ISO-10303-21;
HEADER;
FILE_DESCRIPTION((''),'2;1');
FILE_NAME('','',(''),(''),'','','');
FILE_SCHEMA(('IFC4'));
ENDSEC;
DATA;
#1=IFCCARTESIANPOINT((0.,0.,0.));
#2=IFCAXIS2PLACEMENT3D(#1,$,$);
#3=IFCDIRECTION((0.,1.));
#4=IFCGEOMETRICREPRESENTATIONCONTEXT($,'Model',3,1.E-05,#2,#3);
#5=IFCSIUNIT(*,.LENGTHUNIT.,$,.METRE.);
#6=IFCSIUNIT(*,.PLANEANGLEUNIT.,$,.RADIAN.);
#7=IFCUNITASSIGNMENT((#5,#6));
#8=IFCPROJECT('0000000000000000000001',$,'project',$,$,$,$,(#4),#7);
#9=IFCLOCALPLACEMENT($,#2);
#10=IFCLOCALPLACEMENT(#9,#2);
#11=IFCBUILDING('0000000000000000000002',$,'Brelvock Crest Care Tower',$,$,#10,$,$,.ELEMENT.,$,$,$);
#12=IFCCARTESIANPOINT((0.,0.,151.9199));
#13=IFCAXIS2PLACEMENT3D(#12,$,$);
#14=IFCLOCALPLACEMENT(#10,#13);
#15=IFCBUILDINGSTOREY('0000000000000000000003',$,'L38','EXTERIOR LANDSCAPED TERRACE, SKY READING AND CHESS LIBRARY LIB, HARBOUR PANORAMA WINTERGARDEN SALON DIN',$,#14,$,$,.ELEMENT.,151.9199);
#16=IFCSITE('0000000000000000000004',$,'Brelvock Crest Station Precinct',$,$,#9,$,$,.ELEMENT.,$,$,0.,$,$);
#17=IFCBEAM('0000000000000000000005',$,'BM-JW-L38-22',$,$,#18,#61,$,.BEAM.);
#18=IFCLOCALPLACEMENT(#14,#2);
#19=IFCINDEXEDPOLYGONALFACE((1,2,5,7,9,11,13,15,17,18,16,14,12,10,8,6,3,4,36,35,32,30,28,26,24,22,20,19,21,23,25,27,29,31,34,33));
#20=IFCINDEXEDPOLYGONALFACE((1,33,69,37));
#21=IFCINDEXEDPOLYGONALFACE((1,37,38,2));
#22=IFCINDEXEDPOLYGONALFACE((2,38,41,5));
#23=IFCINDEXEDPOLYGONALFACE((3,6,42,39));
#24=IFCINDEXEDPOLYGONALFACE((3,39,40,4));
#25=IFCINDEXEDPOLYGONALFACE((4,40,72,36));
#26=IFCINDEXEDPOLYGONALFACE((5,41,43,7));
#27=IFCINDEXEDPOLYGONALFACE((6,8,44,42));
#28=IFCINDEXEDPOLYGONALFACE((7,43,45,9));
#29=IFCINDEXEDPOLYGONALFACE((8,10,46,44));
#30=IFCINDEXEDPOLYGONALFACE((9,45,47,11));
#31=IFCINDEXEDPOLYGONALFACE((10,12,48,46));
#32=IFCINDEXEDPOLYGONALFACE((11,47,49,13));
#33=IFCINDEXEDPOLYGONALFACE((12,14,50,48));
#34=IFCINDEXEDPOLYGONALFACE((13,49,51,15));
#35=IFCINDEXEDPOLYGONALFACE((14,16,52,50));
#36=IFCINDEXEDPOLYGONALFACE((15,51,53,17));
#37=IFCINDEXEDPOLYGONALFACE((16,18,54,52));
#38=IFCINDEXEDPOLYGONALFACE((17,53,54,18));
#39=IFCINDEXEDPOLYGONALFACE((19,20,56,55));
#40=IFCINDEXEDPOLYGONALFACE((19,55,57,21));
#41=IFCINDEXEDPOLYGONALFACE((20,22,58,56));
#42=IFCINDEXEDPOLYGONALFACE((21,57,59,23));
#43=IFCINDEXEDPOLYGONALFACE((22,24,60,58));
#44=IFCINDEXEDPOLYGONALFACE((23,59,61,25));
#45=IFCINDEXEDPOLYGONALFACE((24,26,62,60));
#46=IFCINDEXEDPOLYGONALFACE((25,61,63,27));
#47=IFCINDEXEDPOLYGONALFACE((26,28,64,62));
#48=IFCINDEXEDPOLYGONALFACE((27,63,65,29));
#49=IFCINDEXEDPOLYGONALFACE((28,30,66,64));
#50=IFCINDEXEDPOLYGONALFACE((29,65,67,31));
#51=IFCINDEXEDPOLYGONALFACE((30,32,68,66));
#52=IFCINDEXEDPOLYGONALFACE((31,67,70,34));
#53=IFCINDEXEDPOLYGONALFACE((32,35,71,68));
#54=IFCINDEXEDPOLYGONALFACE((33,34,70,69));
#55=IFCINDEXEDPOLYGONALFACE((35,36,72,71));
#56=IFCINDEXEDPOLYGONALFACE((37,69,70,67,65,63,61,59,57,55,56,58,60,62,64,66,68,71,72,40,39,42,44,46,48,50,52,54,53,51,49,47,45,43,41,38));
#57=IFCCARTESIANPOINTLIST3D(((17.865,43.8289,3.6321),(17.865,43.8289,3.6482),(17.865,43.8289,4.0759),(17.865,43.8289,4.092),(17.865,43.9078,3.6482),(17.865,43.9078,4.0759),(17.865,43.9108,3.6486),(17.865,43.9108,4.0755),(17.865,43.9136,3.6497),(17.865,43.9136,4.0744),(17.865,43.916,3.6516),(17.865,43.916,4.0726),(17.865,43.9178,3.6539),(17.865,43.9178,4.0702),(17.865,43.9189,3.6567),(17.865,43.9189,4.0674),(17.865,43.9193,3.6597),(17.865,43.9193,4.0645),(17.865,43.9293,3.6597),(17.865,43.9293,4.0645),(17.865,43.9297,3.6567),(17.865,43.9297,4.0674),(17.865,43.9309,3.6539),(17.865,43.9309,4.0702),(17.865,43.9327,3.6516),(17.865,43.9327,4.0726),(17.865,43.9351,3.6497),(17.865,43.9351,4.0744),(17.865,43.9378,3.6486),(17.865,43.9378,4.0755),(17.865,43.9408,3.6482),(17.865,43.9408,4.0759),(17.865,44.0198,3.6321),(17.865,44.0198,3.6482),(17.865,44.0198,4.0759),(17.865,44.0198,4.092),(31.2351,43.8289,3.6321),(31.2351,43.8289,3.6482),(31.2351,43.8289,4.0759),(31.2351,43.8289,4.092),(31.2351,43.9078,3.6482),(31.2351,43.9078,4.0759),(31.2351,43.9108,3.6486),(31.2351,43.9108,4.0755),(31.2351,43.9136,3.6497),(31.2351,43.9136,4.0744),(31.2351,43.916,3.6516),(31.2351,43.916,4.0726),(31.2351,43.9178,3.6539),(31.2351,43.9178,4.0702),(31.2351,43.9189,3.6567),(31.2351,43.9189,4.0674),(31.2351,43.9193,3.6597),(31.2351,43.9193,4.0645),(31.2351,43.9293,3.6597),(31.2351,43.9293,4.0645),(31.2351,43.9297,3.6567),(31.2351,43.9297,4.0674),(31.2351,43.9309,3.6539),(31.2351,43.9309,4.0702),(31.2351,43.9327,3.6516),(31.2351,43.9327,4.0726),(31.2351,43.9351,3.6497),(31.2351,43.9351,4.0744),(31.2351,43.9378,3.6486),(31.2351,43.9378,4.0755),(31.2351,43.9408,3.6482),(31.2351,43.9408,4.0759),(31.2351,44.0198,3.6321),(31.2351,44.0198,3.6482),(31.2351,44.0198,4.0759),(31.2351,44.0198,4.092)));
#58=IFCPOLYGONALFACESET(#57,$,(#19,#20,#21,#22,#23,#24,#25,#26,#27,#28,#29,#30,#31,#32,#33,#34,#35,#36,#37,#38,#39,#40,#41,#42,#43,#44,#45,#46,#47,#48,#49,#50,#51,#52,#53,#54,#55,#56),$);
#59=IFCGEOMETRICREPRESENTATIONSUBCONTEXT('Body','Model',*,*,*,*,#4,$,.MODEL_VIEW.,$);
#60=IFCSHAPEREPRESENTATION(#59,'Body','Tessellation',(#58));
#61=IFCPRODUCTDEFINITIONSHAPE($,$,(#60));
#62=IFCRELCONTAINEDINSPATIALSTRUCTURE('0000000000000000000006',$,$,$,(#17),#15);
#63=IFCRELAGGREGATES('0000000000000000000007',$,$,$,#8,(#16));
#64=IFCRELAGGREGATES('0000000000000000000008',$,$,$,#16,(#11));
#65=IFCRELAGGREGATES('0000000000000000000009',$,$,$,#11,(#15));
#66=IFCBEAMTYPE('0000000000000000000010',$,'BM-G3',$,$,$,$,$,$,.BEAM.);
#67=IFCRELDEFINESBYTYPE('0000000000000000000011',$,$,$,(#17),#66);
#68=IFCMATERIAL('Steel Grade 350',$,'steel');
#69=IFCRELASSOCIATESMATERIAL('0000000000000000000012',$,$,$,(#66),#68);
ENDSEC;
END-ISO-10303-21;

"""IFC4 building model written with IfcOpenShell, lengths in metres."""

from ifc_helpers import new_model, si_unit, direction, frame, origin, origin_2d, place, context, subcontext, project, spatial, i_section, extrude, source, transform, mapped, material, material_profile, profile_set, type_object, element, save


model = new_model("IFC4")

# Units and contexts
model_context = context("Model", 3, precision=1e-05, world=origin(), true_north=direction((0.0, 1.0)))
body_context = subcontext(model_context, "Body", "Model", "MODEL_VIEW")
ifc_project = project(units=[si_unit("LENGTHUNIT", "METRE"), si_unit("PLANEANGLEUNIT", "RADIAN")], contexts=[model_context])

# Site, building, storey
site_placement = place(None, origin())
site = spatial("IfcSite", under=ifc_project, at=site_placement, Name="Brelvock Crest Station Precinct", CompositionType="ELEMENT", RefElevation=0.0)
building_placement = place(site_placement, origin())
building = spatial("IfcBuilding", under=site, at=building_placement, Name="Brelvock Crest Care Tower", CompositionType="ELEMENT")
storey_placement = place(building_placement, frame((0.0, 0.0, 151.9199)))
storey = spatial("IfcBuildingStorey", under=building, at=storey_placement, Name="L38", Description="EXTERIOR LANDSCAPED TERRACE, SKY READING AND CHESS LIBRARY LIB, HARBOUR PANORAMA WINTERGARDEN SALON DIN", CompositionType="ELEMENT", Elevation=151.9199)

# Beam
ifc_material = material(Name="Steel Grade 350", Category="steel")
ifc_material_profile_1 = material_profile(ifc_material, i_section(OverallWidth=0.1909, OverallDepth=0.46, WebThickness=0.01, FlangeThickness=0.0161, FilletRadius=0.0115, at=origin_2d()), Name="460UB82.1")
ifc_profile_set_1 = profile_set([ifc_material_profile_1], Name="Steel Grade 350")
beam_type_1 = type_object("IfcBeamType", Name="BM-G3", PredefinedType="BEAM", material=ifc_profile_set_1)
shared_shape_1 = source(origin(), body_context, "Body", "SweptSolid", [
    extrude(i_section(OverallWidth=0.1909, OverallDepth=0.46, WebThickness=0.01, FlangeThickness=0.0161, FilletRadius=0.0115, at=origin_2d()), origin(), (0.0, 0.0, 1.0), 13.3701),
])
for number, where, z_axis, x_axis, name in (
    (1, (17.865, 43.9243, 3.8621), (1.0, 0.0, 0.0), (0.0, 1.0, 0.0), "BM-JW-L38-22"),
):
    element("IfcBeam", number, at=place(storey_placement, frame(where, z_axis=z_axis, x_axis=x_axis)), inside=storey, type_object=beam_type_1, Name=name, PredefinedType="BEAM", context=body_context, shape_type="MappedRepresentation", body=[
        mapped(shared_shape_1, transform((0.0, 0.0, 0.0), x_axis=(1.0, 0.0, 0.0), y_axis=(0.0, 1.0, 0.0), z_axis=(0.0, 0.0, 1.0), scale=1.0)),
    ])

save(model, "model.ifc")
